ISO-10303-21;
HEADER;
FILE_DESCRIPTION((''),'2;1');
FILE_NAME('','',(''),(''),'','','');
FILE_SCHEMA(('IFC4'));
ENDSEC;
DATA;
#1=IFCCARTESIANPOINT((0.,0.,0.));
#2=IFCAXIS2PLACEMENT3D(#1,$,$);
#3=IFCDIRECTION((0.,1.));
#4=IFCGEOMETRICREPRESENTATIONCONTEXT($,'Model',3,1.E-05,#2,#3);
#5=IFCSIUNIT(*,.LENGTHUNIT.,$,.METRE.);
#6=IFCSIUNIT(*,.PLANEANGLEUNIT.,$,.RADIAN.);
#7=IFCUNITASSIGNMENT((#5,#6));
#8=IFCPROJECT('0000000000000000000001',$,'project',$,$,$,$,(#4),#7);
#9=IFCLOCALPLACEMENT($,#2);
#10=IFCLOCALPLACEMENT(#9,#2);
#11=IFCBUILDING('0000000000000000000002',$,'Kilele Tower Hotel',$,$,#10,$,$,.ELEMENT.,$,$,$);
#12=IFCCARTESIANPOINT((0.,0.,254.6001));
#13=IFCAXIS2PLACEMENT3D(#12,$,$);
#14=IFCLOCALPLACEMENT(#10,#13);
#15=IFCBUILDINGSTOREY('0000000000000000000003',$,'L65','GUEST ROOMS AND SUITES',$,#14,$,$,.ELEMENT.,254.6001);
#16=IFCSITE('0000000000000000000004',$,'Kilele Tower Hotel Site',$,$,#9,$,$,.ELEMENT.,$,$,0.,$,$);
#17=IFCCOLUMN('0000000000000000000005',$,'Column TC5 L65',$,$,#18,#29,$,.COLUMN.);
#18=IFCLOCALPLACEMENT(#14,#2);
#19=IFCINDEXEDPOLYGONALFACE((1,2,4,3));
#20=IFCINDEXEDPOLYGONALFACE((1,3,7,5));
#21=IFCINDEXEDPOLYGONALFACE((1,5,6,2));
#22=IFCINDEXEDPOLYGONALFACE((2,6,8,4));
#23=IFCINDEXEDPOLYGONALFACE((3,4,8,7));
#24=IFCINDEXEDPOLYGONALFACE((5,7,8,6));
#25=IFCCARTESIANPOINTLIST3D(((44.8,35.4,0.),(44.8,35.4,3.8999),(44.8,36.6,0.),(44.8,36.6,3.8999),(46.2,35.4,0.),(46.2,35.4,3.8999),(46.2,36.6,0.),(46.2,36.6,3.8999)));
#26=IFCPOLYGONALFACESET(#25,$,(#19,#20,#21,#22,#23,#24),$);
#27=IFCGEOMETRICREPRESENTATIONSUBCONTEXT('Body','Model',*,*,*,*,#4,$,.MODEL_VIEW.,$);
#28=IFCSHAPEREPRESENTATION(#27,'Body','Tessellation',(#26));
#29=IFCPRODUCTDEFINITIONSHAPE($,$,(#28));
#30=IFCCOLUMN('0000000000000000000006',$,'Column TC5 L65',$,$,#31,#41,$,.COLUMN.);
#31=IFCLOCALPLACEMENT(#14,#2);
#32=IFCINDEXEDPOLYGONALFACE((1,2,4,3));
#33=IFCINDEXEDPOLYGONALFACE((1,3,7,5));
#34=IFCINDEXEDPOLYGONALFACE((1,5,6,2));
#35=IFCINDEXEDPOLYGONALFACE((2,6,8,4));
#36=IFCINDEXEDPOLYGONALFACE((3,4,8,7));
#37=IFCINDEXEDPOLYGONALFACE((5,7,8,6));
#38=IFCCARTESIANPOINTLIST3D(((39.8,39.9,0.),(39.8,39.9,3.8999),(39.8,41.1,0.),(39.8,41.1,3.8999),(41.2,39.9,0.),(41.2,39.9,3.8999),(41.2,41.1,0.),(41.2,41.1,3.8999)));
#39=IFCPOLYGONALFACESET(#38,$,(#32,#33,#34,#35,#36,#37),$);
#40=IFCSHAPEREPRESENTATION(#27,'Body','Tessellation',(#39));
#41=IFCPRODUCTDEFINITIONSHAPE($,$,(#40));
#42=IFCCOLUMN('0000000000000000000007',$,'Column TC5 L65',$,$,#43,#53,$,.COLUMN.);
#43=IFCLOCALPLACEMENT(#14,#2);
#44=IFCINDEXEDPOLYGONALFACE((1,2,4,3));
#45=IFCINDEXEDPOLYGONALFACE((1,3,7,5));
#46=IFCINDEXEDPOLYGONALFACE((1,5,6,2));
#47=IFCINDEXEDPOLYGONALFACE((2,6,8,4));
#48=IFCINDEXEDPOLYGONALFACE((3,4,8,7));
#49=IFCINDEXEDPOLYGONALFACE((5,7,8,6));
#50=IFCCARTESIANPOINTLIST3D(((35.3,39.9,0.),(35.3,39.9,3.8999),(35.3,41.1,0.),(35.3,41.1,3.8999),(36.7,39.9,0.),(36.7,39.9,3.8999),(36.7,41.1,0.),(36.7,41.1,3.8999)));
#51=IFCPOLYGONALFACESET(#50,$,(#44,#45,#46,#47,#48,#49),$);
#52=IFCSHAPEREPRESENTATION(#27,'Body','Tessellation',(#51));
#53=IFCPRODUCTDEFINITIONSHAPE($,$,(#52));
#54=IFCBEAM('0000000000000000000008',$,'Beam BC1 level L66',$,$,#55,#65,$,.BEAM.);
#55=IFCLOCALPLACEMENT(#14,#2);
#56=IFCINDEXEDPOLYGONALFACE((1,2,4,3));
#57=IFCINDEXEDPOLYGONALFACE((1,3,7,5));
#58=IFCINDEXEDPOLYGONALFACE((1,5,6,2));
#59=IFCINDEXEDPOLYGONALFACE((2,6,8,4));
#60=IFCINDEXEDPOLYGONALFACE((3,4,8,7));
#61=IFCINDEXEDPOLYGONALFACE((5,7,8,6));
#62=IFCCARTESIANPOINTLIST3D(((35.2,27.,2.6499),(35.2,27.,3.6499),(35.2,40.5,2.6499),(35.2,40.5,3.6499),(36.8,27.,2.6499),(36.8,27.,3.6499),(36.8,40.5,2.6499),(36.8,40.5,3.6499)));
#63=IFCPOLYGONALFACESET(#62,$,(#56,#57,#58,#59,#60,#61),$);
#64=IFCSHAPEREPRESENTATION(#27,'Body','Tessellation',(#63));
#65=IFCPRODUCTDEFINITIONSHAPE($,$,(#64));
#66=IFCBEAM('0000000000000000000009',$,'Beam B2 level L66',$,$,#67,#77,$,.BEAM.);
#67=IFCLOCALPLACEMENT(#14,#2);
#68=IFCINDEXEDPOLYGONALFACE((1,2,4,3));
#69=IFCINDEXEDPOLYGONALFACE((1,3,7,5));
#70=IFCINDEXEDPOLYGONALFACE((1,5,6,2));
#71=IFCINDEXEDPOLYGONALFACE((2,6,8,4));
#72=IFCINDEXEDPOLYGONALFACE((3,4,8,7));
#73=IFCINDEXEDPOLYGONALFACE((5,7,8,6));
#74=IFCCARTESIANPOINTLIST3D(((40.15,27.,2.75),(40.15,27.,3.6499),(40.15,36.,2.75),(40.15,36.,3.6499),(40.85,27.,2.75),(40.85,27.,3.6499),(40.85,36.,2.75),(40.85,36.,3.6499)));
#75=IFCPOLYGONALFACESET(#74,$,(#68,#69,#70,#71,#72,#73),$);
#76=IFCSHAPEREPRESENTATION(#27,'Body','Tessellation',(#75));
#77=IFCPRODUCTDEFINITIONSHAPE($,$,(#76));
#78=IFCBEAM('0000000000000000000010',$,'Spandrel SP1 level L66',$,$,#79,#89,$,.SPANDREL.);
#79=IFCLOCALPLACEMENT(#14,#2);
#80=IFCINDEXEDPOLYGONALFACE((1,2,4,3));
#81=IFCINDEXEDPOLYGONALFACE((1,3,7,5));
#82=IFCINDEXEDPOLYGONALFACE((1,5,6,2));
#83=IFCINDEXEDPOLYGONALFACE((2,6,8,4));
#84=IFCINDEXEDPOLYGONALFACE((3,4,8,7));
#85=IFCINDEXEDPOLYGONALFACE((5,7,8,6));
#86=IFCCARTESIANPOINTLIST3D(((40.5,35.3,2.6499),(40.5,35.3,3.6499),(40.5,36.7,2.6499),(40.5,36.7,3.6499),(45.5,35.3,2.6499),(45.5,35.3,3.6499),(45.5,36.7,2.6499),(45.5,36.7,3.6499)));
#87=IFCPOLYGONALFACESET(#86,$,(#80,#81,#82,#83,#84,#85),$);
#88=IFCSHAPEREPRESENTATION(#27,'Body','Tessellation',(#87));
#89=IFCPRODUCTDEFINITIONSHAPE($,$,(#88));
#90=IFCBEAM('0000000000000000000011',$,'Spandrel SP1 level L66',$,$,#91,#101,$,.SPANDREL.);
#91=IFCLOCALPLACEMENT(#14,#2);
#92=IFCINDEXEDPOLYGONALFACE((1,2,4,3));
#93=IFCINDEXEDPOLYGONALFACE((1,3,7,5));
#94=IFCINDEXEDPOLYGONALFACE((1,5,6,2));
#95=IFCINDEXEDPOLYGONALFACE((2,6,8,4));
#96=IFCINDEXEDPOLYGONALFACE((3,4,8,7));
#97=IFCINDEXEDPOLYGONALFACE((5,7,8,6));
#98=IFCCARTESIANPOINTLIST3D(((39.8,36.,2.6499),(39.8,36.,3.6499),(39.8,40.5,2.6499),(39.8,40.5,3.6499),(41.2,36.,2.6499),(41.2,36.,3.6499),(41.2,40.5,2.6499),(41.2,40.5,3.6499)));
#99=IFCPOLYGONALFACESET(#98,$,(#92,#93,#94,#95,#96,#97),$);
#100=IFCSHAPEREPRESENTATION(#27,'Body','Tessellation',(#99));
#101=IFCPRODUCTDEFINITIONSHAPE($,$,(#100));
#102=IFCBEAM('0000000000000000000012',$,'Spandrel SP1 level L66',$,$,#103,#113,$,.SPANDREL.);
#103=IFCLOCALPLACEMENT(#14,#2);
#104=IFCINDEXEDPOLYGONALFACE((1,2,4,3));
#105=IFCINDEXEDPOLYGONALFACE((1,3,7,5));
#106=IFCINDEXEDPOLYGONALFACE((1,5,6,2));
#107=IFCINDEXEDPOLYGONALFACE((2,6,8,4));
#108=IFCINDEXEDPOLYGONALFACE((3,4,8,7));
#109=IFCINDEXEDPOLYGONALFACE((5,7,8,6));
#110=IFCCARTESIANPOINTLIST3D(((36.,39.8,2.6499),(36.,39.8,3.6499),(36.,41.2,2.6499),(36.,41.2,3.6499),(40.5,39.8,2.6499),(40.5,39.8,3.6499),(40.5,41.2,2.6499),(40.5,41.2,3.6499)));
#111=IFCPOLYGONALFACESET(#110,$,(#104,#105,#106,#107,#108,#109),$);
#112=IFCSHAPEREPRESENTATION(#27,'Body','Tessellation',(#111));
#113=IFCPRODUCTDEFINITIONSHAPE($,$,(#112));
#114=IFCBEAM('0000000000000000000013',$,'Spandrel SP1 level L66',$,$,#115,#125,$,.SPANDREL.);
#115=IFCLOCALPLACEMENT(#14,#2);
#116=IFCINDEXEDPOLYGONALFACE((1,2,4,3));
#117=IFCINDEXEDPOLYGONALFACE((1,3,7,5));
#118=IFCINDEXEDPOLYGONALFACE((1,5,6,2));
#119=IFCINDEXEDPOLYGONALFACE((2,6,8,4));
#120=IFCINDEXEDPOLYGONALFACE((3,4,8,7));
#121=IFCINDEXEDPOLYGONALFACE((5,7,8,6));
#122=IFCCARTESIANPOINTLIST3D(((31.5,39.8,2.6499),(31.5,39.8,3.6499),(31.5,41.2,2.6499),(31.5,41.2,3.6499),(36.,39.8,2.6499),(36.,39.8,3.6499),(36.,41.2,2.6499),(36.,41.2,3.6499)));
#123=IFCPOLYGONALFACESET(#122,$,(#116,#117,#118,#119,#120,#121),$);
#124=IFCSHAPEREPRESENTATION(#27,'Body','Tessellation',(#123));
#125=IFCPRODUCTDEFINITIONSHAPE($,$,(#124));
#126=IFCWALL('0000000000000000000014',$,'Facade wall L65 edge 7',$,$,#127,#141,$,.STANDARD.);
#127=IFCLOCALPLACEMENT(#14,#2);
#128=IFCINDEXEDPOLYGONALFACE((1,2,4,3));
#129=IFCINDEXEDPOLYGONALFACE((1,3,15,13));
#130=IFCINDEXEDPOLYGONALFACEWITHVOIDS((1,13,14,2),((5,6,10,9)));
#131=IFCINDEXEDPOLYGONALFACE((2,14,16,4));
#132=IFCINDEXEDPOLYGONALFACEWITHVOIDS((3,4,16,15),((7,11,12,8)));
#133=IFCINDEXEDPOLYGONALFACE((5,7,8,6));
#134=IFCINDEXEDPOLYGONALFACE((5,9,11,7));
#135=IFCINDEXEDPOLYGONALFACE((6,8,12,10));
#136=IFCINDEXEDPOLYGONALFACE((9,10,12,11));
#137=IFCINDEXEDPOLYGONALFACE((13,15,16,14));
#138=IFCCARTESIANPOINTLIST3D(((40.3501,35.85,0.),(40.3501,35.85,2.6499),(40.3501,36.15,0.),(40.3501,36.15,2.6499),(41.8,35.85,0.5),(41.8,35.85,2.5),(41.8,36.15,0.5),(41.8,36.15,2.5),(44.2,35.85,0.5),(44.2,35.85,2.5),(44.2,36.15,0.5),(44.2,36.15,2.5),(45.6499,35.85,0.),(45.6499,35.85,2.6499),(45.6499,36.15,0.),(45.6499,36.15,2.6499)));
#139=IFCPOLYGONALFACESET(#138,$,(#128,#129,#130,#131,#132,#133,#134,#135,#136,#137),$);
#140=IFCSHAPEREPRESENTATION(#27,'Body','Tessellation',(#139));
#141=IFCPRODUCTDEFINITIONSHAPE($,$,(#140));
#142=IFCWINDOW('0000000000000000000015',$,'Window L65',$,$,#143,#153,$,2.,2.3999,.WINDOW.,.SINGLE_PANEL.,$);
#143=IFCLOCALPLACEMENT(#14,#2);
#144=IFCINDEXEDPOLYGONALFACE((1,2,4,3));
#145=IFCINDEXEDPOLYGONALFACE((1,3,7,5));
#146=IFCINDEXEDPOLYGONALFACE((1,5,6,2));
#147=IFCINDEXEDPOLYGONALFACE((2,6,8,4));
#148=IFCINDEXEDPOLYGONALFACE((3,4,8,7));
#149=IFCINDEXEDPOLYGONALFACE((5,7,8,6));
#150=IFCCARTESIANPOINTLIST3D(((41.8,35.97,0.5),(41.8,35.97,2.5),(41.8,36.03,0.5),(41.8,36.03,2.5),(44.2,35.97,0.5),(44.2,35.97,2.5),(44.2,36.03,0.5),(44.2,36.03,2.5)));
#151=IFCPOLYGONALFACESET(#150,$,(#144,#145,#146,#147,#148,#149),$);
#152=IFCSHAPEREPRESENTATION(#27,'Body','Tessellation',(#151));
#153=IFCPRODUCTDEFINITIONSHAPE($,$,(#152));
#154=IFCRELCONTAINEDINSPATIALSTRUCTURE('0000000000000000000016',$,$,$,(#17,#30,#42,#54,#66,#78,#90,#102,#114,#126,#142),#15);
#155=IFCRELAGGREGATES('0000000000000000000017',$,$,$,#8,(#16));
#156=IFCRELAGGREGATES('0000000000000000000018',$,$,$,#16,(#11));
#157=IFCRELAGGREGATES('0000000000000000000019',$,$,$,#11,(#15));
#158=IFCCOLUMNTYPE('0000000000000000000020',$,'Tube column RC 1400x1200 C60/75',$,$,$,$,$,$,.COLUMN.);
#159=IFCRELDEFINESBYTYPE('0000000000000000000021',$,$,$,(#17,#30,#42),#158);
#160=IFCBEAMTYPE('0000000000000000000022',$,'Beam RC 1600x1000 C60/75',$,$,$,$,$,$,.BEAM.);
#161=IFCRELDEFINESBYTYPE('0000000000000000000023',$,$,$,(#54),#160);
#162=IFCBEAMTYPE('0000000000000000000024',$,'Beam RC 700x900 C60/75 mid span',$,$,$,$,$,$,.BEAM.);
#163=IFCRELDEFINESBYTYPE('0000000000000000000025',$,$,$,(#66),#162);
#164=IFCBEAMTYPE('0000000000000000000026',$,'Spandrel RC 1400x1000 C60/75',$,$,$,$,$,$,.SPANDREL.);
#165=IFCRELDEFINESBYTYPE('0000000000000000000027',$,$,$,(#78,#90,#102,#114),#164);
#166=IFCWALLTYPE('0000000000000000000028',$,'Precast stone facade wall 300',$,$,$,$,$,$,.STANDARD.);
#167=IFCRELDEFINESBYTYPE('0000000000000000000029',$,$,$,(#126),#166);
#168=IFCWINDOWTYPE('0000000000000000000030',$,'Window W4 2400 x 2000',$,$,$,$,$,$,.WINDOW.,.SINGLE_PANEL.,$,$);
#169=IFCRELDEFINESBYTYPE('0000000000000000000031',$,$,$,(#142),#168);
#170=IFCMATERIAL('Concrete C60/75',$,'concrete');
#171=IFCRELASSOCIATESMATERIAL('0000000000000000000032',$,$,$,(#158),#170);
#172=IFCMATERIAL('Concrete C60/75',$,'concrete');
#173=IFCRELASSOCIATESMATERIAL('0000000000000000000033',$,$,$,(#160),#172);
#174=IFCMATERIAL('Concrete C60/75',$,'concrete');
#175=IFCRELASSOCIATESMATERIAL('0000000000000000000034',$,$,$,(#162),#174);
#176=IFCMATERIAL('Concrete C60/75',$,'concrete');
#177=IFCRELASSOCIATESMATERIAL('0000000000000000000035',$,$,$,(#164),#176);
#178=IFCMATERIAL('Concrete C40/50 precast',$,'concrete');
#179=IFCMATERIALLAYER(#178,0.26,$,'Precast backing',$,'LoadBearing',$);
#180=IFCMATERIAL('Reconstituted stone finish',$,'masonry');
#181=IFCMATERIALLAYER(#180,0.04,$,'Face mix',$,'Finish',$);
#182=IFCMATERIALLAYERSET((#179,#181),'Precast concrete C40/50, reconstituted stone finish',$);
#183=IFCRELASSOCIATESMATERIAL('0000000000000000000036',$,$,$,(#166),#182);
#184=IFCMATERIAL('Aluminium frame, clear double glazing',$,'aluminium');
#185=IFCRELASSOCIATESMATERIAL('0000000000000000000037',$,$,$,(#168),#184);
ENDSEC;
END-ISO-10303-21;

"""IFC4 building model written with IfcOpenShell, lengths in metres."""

from ifc_helpers import new_model, si_unit, direction, frame, frame_2d, origin, origin_2d, place, context, subcontext, project, spatial, rectangle, extrude, material, layer, layer_set, material_profile, profile_set, type_object, element, fill, save


model = new_model("IFC4")

# Units and contexts
model_context = context("Model", 3, precision=1e-05, world=origin(), true_north=direction((0.0, 1.0)))
body_context = subcontext(model_context, "Body", "Model", "MODEL_VIEW")
ifc_project = project(units=[si_unit("LENGTHUNIT", "METRE"), si_unit("PLANEANGLEUNIT", "RADIAN")], contexts=[model_context])

# Site, building, storey
site_placement = place(None, origin())
site = spatial("IfcSite", under=ifc_project, at=site_placement, Name="Kilele Tower Hotel Site", CompositionType="ELEMENT", RefElevation=0.0)
building_placement = place(site_placement, origin())
building = spatial("IfcBuilding", under=site, at=building_placement, Name="Kilele Tower Hotel", CompositionType="ELEMENT")
storey_placement = place(building_placement, frame((0.0, 0.0, 254.6001)))
storey = spatial("IfcBuildingStorey", under=building, at=storey_placement, Name="L65", Description="GUEST ROOMS AND SUITES", CompositionType="ELEMENT", Elevation=254.6001)

# Columns
ifc_material_1 = material(Name="Concrete C60/75", Category="concrete")
ifc_material_profile_1 = material_profile(ifc_material_1, rectangle(XDim=1.3999, YDim=1.2, at=origin_2d()))
ifc_profile_set_1 = profile_set([ifc_material_profile_1], Name="Concrete C60/75")
column_type = type_object("IfcColumnType", Name="Tube column RC 1400x1200 C60/75", PredefinedType="COLUMN", material=ifc_profile_set_1)
for number, where, z_axis, x_axis, name in (
    (1, (45.5, 36.0, 0.0), (0.0, 0.0, 1.0), (1.0, 0.0, 0.0), "Column TC5 L65"),
    (2, (40.5, 40.5, 0.0), (0.0, 0.0, 1.0), (1.0, 0.0, 0.0), "Column TC5 L65"),
    (3, (36.0, 40.5, 0.0), (0.0, 0.0, 1.0), (1.0, 0.0, 0.0), "Column TC5 L65"),
):
    element("IfcColumn", number, at=place(storey_placement, frame(where, z_axis=z_axis, x_axis=x_axis)), inside=storey, type_object=column_type, Name=name, PredefinedType="COLUMN", context=body_context, shape_type="SweptSolid", body=[
        extrude(rectangle(XDim=1.3999, YDim=1.2, at=origin_2d()), origin(), (0.0, 0.0, 1.0), 3.8999),
    ])

# Beams
ifc_material_2 = material(Name="Concrete C60/75", Category="concrete")
ifc_material_profile_2 = material_profile(ifc_material_2, rectangle(XDim=1.6001, YDim=1.0, at=origin_2d()))
ifc_profile_set_2 = profile_set([ifc_material_profile_2], Name="Concrete C60/75")
beam_type_1 = type_object("IfcBeamType", Name="Beam RC 1600x1000 C60/75", PredefinedType="BEAM", material=ifc_profile_set_2)
beam_1_placement = place(storey_placement, frame((36.0, 40.5, 3.1499), z_axis=(0.0, -1.0, 0.0), x_axis=(1.0, 0.0, 0.0)))
element("IfcBeam", 4, at=beam_1_placement, inside=storey, type_object=beam_type_1, Name="Beam BC1 level L66", PredefinedType="BEAM", context=body_context, shape_type="SweptSolid", body=[
    extrude(rectangle(XDim=1.6001, YDim=1.0, at=origin_2d()), origin(), (0.0, 0.0, 1.0), 13.5),
])
ifc_material_3 = material(Name="Concrete C60/75", Category="concrete")
ifc_material_profile_3 = material_profile(ifc_material_3, rectangle(XDim=0.7, YDim=0.8999, at=origin_2d()))
ifc_profile_set_3 = profile_set([ifc_material_profile_3], Name="Concrete C60/75")
beam_type_2 = type_object("IfcBeamType", Name="Beam RC 700x900 C60/75 mid span", PredefinedType="BEAM", material=ifc_profile_set_3)
beam_2_placement = place(storey_placement, frame((40.5, 36.0, 3.2), z_axis=(0.0, -1.0, 0.0), x_axis=(1.0, 0.0, 0.0)))
element("IfcBeam", 5, at=beam_2_placement, inside=storey, type_object=beam_type_2, Name="Beam B2 level L66", PredefinedType="BEAM", context=body_context, shape_type="SweptSolid", body=[
    extrude(rectangle(XDim=0.7, YDim=0.8999, at=origin_2d()), origin(), (0.0, 0.0, 1.0), 9.0),
])
ifc_material_4 = material(Name="Concrete C60/75", Category="concrete")
ifc_material_profile_4 = material_profile(ifc_material_4, rectangle(XDim=1.3999, YDim=1.0, at=origin_2d()))
ifc_profile_set_4 = profile_set([ifc_material_profile_4], Name="Concrete C60/75")
beam_type_3 = type_object("IfcBeamType", Name="Spandrel RC 1400x1000 C60/75", PredefinedType="SPANDREL", material=ifc_profile_set_4)
beam_3_placement = place(storey_placement, frame((45.5, 36.0, 3.1499), z_axis=(-1.0, 0.0, 0.0), x_axis=(0.0, -1.0, 0.0)))
element("IfcBeam", 6, at=beam_3_placement, inside=storey, type_object=beam_type_3, Name="Spandrel SP1 level L66", PredefinedType="SPANDREL", context=body_context, shape_type="SweptSolid", body=[
    extrude(rectangle(XDim=1.3999, YDim=1.0, at=origin_2d()), origin(), (0.0, 0.0, 1.0), 5.0),
])
for number, where, z_axis, x_axis, name in (
    (7, (40.5, 36.0, 3.1499), (0.0, 1.0, 0.0), (-1.0, 0.0, 0.0), "Spandrel SP1 level L66"),
    (8, (40.5, 40.5, 3.1499), (-1.0, 0.0, 0.0), (0.0, -1.0, 0.0), "Spandrel SP1 level L66"),
    (9, (36.0, 40.5, 3.1499), (-1.0, 0.0, 0.0), (0.0, -1.0, 0.0), "Spandrel SP1 level L66"),
):
    element("IfcBeam", number, at=place(storey_placement, frame(where, z_axis=z_axis, x_axis=x_axis)), inside=storey, type_object=beam_type_3, Name=name, PredefinedType="SPANDREL", context=body_context, shape_type="SweptSolid", body=[
        extrude(rectangle(XDim=1.3999, YDim=1.0, at=origin_2d()), origin(), (0.0, 0.0, 1.0), 4.5),
    ])

# Wall, opening, window
ifc_material_5 = material(Name="Concrete C40/50 precast", Category="concrete")
ifc_layer_1 = layer(ifc_material_5, 0.26, Name="Precast backing", Category="LoadBearing")
ifc_material_6 = material(Name="Reconstituted stone finish", Category="masonry")
ifc_layer_2 = layer(ifc_material_6, 0.04, Name="Face mix", Category="Finish")
ifc_layer_set = layer_set([ifc_layer_1, ifc_layer_2], Name="Precast concrete C40/50, reconstituted stone finish")
wall_type = type_object("IfcWallType", Name="Precast stone facade wall 300", PredefinedType="STANDARD", material=ifc_layer_set)
wall_1_placement = place(storey_placement, frame((45.6499, 36.0, 0.0), z_axis=(0.0, 0.0, 1.0), x_axis=(-1.0, 0.0, 0.0)))
wall_1 = element("IfcWall", 10, at=wall_1_placement, inside=storey, type_object=wall_type, Name="Facade wall L65 edge 7", PredefinedType="STANDARD", context=body_context, shape_type="SweptSolid", body=[
    extrude(rectangle(XDim=5.2998, YDim=0.3, at=frame_2d((2.6499, 0.0))), origin(), (0.0, 0.0, 1.0), 2.6499),
])
opening_1_placement = place(wall_1_placement, frame((1.45, 0.0, 0.5)))
opening_1 = element("IfcOpeningElement", 11, at=opening_1_placement, cuts=wall_1, PredefinedType="OPENING", context=body_context, shape_type="SweptSolid", body=[
    extrude(rectangle(XDim=2.3999, YDim=2.0, at=frame_2d((1.2, 1.0))), frame((0.0, 0.1599, 0.0), z_axis=(0.0, -1.0, 0.0), x_axis=(1.0, 0.0, 0.0)), (0.0, 0.0, 1.0), 0.3201),
])
ifc_material_7 = material(Name="Aluminium frame, clear double glazing", Category="aluminium")
window_type = type_object("IfcWindowType", Name="Window W4 2400 x 2000", PartitioningType="SINGLE_PANEL", PredefinedType="WINDOW", material=ifc_material_7)
window_1_placement = place(opening_1_placement, origin())
window_1 = element("IfcWindow", 12, at=window_1_placement, inside=storey, type_object=window_type, Name="Window L65", OverallHeight=2.0, OverallWidth=2.3999, PartitioningType="SINGLE_PANEL", PredefinedType="WINDOW", context=body_context, shape_type="SweptSolid", body=[
    extrude(rectangle(XDim=2.3999, YDim=2.0, at=frame_2d((1.2, 1.0))), frame((0.0, 0.03, 0.0), z_axis=(0.0, -1.0, 0.0), x_axis=(1.0, 0.0, 0.0)), (0.0, 0.0, 1.0), 0.0601),
])
fill(opening_1, window_1)

save(model, "model.ifc")
